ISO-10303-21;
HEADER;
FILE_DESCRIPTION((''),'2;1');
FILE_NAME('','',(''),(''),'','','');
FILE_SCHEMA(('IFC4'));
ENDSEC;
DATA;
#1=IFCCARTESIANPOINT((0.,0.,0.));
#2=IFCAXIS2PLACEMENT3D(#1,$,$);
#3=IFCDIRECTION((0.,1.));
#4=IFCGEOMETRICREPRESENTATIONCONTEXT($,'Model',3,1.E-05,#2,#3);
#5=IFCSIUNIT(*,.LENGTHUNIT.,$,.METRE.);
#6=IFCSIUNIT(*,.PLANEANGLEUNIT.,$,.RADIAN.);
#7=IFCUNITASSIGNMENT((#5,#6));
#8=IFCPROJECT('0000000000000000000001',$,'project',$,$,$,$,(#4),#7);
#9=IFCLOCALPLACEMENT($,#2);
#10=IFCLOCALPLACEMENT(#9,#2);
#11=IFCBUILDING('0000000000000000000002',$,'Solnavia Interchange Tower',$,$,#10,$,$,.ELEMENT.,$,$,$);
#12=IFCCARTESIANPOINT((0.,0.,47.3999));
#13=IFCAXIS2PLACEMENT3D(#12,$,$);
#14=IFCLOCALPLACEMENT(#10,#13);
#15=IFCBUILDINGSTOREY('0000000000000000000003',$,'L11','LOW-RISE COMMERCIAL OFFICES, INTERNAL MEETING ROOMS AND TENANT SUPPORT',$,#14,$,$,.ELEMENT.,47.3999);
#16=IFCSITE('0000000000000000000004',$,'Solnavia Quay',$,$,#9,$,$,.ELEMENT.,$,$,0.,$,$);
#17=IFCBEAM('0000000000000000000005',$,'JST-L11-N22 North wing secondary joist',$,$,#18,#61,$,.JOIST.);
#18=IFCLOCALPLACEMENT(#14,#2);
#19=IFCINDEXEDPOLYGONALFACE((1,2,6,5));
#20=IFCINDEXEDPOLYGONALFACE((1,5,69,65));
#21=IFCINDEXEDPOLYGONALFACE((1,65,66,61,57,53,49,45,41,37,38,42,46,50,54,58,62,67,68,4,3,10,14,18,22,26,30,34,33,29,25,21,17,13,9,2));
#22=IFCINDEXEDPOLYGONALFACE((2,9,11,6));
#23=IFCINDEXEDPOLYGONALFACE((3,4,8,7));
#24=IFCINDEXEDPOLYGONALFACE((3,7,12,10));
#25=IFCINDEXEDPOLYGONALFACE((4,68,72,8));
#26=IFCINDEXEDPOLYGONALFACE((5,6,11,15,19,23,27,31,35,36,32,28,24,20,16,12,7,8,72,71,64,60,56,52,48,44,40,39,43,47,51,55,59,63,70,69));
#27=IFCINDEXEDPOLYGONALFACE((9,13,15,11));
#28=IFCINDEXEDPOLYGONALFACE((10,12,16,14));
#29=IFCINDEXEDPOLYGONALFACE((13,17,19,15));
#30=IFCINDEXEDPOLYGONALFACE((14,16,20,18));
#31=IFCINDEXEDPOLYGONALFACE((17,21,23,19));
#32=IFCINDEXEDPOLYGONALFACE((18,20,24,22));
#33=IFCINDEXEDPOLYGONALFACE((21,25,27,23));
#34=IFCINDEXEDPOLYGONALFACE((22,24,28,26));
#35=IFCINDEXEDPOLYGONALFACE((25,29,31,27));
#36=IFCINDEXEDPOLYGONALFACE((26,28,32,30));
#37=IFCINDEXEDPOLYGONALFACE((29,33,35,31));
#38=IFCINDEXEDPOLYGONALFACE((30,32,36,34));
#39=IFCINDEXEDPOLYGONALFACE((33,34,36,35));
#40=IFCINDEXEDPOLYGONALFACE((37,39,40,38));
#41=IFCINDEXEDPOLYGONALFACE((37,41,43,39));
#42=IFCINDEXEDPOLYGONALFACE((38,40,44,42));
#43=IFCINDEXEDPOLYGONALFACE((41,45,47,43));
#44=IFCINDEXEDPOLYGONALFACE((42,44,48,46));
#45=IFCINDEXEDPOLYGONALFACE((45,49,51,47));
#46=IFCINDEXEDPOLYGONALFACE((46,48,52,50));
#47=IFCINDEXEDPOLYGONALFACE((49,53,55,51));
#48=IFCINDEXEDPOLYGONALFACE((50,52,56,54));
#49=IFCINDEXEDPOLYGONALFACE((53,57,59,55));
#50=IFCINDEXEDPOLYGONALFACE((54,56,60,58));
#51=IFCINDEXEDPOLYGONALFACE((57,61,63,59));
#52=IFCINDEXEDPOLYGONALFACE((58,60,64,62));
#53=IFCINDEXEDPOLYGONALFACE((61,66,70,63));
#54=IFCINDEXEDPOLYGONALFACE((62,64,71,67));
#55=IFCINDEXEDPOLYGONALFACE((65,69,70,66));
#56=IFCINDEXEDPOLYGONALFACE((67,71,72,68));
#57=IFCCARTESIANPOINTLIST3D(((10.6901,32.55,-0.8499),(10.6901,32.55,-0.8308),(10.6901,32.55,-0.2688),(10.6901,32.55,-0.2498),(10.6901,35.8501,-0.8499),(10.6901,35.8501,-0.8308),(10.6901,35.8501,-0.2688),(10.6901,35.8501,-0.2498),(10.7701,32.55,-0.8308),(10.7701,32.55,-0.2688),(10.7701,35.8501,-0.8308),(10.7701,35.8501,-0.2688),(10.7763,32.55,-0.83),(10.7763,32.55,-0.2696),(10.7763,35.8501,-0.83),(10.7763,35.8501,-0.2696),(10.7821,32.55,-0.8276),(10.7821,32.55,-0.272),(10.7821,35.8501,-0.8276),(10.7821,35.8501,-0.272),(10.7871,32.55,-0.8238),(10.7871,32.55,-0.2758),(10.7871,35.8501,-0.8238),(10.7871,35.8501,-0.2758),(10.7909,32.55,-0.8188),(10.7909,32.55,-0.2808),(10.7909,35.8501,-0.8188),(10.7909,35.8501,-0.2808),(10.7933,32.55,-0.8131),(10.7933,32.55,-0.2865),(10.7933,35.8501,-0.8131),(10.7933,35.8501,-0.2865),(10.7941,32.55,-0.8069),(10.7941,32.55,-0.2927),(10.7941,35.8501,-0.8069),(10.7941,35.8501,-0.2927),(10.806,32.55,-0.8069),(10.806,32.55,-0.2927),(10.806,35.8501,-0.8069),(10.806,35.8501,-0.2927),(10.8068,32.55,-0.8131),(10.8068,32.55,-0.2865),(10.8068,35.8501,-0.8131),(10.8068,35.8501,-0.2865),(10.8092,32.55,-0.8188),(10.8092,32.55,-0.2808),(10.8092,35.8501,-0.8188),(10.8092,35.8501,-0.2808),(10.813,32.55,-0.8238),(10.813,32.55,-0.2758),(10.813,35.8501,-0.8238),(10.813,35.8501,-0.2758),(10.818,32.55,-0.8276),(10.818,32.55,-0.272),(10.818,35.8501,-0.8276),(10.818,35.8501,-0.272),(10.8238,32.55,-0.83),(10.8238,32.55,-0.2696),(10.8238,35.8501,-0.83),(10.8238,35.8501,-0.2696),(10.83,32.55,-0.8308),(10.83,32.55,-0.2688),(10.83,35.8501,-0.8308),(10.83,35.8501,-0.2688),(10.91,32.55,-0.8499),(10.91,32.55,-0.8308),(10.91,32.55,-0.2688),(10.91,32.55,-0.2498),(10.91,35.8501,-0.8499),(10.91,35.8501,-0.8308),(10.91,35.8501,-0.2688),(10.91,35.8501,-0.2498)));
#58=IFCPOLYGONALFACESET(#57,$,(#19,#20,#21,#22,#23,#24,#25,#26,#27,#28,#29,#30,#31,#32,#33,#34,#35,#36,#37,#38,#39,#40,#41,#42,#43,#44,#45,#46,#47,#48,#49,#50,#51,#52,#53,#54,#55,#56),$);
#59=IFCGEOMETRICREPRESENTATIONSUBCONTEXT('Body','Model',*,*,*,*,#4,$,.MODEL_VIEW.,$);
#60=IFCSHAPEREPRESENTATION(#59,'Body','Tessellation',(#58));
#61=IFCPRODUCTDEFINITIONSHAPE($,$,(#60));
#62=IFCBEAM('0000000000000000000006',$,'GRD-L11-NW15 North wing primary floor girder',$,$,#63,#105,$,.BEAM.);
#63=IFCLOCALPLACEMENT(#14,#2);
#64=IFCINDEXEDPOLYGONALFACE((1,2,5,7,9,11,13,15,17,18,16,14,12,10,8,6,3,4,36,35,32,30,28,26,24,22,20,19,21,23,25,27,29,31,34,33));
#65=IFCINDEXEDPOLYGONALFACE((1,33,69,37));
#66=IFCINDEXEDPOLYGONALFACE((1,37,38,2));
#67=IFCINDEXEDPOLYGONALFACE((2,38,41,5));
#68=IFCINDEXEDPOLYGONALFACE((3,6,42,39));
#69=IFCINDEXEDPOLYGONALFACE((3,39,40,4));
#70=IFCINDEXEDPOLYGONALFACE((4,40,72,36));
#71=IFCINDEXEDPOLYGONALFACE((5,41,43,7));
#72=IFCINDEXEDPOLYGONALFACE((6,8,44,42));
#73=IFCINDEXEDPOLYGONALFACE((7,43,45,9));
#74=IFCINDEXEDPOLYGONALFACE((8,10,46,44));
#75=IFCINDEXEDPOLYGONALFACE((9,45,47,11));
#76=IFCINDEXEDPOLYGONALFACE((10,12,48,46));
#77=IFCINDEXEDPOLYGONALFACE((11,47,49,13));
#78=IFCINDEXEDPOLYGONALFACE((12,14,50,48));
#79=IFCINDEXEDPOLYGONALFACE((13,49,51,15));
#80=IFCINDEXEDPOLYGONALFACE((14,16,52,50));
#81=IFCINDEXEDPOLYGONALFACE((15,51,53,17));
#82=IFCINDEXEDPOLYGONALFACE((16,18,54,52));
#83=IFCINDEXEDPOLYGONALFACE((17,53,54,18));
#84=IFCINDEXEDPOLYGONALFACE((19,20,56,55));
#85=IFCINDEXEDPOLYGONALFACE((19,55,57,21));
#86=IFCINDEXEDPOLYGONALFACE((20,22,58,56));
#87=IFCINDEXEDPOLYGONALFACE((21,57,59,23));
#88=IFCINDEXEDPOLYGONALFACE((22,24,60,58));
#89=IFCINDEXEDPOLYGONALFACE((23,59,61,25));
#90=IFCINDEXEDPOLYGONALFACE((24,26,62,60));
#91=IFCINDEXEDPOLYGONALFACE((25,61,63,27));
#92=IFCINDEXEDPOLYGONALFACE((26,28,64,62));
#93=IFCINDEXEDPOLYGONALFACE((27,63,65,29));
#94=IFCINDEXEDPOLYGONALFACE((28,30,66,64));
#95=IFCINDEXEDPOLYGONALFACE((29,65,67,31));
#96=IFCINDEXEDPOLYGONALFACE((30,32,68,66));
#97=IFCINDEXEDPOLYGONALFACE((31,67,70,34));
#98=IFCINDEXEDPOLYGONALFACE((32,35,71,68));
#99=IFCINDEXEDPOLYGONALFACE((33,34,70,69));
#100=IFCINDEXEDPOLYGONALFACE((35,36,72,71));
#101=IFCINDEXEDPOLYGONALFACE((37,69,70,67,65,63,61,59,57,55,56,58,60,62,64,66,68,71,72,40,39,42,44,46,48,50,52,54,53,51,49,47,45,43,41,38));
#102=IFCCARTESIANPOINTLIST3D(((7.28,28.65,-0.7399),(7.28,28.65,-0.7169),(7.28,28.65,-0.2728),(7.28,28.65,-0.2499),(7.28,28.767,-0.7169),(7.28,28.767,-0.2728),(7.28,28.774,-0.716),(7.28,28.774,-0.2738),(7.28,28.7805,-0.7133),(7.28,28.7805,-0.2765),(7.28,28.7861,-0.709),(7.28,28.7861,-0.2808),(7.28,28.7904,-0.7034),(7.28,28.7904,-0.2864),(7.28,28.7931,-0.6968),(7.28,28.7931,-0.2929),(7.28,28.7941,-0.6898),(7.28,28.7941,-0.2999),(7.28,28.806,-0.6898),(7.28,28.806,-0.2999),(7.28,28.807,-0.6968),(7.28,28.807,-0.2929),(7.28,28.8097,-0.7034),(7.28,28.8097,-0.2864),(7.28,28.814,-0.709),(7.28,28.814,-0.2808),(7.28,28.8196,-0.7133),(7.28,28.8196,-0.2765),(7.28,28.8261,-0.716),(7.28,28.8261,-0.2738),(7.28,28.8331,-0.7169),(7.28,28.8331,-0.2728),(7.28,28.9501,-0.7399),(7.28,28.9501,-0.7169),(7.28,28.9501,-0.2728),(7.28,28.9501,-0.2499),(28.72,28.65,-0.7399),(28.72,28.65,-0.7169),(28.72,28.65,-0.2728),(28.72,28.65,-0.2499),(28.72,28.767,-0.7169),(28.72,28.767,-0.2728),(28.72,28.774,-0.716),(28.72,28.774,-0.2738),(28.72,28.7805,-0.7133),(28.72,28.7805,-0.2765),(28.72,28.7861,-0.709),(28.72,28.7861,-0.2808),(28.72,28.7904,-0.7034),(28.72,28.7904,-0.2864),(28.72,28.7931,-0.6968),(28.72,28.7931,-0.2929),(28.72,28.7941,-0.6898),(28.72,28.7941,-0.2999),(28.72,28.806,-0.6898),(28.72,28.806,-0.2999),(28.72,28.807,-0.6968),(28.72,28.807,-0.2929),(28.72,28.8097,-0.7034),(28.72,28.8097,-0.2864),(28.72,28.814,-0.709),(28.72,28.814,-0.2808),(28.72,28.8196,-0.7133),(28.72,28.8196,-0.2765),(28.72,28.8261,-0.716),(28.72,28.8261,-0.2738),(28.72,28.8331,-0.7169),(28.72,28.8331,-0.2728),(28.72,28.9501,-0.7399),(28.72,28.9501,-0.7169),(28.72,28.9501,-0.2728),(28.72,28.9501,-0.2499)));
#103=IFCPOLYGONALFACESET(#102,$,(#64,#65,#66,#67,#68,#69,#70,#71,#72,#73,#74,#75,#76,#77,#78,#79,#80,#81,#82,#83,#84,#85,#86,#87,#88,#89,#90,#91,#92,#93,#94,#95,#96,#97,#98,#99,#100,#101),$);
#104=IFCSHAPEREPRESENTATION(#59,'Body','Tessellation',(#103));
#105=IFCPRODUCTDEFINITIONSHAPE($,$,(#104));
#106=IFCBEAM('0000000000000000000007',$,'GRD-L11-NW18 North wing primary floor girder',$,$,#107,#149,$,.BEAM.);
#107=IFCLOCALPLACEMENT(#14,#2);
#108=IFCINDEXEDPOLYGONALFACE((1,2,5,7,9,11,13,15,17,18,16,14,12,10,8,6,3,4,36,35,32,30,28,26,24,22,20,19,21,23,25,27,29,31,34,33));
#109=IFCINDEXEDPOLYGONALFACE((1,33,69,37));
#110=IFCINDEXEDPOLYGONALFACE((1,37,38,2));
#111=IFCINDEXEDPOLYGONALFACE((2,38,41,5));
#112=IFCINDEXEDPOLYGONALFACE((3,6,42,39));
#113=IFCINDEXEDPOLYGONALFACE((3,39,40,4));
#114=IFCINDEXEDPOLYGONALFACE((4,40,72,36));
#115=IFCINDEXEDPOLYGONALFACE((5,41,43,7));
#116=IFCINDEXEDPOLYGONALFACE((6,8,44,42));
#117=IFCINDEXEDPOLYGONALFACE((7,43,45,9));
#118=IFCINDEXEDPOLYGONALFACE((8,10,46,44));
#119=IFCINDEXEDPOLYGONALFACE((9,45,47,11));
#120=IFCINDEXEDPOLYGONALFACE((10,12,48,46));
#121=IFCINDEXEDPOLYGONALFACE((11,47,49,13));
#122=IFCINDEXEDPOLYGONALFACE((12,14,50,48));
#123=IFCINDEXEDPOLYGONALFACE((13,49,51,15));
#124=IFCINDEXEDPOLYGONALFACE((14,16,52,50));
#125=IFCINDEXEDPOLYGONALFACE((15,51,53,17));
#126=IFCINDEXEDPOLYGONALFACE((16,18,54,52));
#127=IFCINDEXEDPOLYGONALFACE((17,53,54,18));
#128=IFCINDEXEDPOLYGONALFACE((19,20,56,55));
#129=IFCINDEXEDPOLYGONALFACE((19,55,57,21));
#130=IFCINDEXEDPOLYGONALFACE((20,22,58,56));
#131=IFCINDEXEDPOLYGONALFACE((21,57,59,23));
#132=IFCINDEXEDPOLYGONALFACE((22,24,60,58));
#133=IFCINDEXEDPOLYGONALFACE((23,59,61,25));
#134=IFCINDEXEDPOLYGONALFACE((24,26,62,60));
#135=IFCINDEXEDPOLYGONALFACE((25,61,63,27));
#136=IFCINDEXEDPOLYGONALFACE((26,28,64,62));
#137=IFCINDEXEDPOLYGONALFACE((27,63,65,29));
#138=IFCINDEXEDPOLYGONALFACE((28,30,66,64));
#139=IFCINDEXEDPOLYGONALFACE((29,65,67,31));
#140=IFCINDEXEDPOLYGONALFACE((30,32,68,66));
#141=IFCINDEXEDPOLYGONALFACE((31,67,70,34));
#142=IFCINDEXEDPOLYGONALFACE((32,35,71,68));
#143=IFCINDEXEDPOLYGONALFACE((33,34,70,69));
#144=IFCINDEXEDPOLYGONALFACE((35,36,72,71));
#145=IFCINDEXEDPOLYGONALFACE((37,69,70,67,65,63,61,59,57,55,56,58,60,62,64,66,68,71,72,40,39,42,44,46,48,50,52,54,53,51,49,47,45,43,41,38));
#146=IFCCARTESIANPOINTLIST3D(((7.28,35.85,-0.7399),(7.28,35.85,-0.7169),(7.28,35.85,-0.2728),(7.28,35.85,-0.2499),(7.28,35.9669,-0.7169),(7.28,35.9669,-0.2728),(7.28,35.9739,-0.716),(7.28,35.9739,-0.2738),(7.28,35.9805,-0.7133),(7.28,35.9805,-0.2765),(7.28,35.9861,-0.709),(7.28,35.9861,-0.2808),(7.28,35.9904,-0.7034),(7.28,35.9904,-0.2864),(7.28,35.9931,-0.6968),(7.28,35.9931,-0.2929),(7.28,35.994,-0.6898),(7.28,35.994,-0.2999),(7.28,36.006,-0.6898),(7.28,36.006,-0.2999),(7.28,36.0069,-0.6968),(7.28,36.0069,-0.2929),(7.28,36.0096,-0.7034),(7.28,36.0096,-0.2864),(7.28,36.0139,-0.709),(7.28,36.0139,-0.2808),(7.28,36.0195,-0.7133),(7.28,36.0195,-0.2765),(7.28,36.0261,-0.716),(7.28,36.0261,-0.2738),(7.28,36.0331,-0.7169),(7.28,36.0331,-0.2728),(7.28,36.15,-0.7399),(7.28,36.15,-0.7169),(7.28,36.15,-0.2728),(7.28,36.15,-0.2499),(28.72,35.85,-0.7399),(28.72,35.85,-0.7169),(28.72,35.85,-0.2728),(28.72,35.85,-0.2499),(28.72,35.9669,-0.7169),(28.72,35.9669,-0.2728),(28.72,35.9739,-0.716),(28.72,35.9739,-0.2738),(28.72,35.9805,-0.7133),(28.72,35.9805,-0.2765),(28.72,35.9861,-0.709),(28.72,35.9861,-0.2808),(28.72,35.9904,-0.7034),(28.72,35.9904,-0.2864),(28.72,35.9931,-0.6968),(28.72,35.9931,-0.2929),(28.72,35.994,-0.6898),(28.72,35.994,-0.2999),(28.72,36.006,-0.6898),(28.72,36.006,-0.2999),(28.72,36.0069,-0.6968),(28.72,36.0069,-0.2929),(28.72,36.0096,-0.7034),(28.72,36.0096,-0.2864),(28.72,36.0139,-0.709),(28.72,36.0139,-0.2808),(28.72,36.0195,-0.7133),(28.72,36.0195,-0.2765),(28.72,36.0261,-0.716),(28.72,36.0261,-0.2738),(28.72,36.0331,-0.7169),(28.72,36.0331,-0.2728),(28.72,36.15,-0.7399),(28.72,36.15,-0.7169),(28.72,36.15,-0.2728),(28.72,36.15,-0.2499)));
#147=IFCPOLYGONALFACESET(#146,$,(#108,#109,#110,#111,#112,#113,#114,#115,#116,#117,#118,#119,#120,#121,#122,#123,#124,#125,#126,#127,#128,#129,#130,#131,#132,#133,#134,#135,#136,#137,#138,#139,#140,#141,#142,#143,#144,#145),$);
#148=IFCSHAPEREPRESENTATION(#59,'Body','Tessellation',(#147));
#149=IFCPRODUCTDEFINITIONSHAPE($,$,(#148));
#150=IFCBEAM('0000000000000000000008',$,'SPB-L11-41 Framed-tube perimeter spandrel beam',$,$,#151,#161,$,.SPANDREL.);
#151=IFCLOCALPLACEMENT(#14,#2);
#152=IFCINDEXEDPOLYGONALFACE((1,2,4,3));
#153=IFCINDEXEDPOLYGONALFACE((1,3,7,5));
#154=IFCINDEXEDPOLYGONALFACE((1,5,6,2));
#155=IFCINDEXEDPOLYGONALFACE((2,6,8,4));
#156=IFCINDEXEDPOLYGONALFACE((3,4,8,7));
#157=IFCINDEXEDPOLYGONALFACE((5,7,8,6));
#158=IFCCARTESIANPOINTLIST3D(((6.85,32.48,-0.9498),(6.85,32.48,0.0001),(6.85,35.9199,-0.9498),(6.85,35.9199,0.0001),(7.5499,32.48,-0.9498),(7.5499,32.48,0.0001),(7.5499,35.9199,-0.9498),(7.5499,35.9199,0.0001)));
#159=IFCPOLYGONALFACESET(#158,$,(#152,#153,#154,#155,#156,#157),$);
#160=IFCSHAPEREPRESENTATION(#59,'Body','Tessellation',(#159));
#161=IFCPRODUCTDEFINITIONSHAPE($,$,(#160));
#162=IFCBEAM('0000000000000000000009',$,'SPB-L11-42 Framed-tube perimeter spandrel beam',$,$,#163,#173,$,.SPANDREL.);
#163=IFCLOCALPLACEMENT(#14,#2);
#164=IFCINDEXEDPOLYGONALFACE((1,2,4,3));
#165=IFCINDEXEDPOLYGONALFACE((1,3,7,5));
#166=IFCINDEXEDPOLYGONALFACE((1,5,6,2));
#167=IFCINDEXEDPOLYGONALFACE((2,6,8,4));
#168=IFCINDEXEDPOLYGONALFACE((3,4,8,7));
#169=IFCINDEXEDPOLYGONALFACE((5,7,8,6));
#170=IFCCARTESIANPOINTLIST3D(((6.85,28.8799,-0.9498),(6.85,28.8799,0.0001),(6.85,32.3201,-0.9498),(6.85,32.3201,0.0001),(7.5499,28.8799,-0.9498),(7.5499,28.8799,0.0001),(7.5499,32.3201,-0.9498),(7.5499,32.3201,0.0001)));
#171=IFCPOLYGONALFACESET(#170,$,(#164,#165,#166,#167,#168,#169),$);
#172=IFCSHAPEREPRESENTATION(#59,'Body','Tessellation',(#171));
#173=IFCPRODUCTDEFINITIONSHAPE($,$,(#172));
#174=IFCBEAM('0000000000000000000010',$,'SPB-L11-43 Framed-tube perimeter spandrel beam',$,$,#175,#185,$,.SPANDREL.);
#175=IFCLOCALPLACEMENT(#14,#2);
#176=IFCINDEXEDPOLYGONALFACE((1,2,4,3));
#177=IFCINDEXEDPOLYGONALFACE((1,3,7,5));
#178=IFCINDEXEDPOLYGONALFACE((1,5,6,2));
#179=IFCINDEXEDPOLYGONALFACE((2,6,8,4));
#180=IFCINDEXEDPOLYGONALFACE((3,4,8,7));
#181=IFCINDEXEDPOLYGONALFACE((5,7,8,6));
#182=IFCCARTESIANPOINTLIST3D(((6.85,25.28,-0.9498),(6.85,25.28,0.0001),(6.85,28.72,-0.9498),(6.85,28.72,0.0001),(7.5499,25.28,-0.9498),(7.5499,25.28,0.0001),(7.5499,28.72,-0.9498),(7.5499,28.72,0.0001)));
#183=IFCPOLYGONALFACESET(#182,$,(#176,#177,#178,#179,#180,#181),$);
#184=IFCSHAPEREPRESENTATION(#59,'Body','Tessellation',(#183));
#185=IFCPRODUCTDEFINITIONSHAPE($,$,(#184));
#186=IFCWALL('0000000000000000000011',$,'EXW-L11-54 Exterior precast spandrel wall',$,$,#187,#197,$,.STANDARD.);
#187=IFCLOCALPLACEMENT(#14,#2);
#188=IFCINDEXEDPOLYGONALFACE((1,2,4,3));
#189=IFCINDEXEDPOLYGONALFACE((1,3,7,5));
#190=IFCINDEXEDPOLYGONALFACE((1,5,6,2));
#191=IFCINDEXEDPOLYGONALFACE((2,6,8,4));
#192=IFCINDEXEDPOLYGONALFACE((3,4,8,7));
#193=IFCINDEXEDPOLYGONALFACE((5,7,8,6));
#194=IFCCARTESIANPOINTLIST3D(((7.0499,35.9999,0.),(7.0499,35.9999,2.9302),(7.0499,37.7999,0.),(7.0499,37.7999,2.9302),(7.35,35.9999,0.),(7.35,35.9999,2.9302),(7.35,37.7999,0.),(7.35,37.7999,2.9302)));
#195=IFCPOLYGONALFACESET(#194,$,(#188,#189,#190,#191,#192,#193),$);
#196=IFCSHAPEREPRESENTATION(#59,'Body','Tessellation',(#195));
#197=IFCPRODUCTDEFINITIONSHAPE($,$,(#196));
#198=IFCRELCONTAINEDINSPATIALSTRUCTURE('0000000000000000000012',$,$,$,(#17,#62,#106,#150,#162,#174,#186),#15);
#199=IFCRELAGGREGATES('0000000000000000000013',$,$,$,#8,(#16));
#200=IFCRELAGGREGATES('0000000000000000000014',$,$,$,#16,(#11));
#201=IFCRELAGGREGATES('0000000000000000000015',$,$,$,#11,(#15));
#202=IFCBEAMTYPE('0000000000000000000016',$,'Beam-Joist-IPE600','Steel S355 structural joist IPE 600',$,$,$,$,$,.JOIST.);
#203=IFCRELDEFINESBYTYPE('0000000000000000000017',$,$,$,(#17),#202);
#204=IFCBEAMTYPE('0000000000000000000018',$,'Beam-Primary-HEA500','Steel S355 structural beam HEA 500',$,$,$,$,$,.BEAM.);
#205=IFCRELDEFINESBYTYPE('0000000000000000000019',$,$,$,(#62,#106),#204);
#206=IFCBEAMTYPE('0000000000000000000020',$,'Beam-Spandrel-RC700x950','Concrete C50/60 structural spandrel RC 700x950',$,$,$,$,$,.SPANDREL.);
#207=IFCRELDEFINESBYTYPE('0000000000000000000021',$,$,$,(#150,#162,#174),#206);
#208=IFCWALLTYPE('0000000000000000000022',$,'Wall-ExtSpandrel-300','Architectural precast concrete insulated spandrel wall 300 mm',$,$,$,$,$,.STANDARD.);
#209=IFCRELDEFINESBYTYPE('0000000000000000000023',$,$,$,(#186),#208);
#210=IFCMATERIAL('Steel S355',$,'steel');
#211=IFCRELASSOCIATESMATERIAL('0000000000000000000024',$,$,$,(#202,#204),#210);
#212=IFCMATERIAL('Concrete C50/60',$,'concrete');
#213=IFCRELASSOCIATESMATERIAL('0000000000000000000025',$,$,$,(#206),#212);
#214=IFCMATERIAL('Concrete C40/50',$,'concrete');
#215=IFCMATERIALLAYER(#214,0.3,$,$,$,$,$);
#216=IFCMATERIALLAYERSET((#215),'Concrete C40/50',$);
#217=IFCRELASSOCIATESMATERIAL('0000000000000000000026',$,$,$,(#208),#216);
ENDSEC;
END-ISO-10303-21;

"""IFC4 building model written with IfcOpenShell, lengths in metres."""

from ifc_helpers import new_model, si_unit, direction, frame, frame_2d, origin, origin_2d, place, context, subcontext, project, spatial, rectangle, i_section, extrude, material, layer, layer_set, material_profile, profile_set, type_object, element, save


model = new_model("IFC4")

# Units and contexts
model_context = context("Model", 3, precision=1e-05, world=origin(), true_north=direction((0.0, 1.0)))
body_context = subcontext(model_context, "Body", "Model", "MODEL_VIEW")
ifc_project = project(units=[si_unit("LENGTHUNIT", "METRE"), si_unit("PLANEANGLEUNIT", "RADIAN")], contexts=[model_context])

# Site, building, storey
site_placement = place(None, origin())
site = spatial("IfcSite", under=ifc_project, at=site_placement, Name="Solnavia Quay", CompositionType="ELEMENT", RefElevation=0.0)
building_placement = place(site_placement, origin())
building = spatial("IfcBuilding", under=site, at=building_placement, Name="Solnavia Interchange Tower", CompositionType="ELEMENT")
storey_placement = place(building_placement, frame((0.0, 0.0, 47.3999)))
storey = spatial("IfcBuildingStorey", under=building, at=storey_placement, Name="L11", Description="LOW-RISE COMMERCIAL OFFICES, INTERNAL MEETING ROOMS AND TENANT SUPPORT", CompositionType="ELEMENT", Elevation=47.3999)

# Beams
ifc_material_1 = material(Name="Steel S355", Category="steel")
ifc_material_profile_1 = material_profile(ifc_material_1, i_section(OverallWidth=0.22, OverallDepth=0.6001, WebThickness=0.012, FlangeThickness=0.019, FilletRadius=0.0239, at=origin_2d()), Name="IPE 600")
ifc_profile_set_1 = profile_set([ifc_material_profile_1], Name="Steel S355")
beam_type_1 = type_object("IfcBeamType", Name="Beam-Joist-IPE600", Description="Steel S355 structural joist IPE 600", PredefinedType="JOIST", material=ifc_profile_set_1)
beam_1_placement = place(storey_placement, frame((10.8, 32.55, -0.5498), z_axis=(0.0, 1.0, 0.0), x_axis=(-1.0, 0.0, 0.0)))
element("IfcBeam", 1, at=beam_1_placement, inside=storey, type_object=beam_type_1, Name="JST-L11-N22 North wing secondary joist", PredefinedType="JOIST", context=body_context, shape_type="SweptSolid", body=[
    extrude(i_section(OverallWidth=0.22, OverallDepth=0.6001, WebThickness=0.012, FlangeThickness=0.019, FilletRadius=0.0239, at=origin_2d()), origin(), (0.0, 0.0, 1.0), 3.3),
])
ifc_material_profile_2 = material_profile(ifc_material_1, i_section(OverallWidth=0.3, OverallDepth=0.49, WebThickness=0.012, FlangeThickness=0.0229, FilletRadius=0.0271, at=origin_2d()), Name="HEA 500")
ifc_profile_set_2 = profile_set([ifc_material_profile_2], Name="Steel S355")
beam_type_2 = type_object("IfcBeamType", Name="Beam-Primary-HEA500", Description="Steel S355 structural beam HEA 500", PredefinedType="BEAM", material=ifc_profile_set_2)
for number, where, z_axis, x_axis, name in (
    (2, (7.28, 28.8, -0.4949), (1.0, 0.0, 0.0), (0.0, 1.0, 0.0), "GRD-L11-NW15 North wing primary floor girder"),
    (3, (7.28, 36.0, -0.4949), (1.0, 0.0, 0.0), (0.0, 1.0, 0.0), "GRD-L11-NW18 North wing primary floor girder"),
):
    element("IfcBeam", number, at=place(storey_placement, frame(where, z_axis=z_axis, x_axis=x_axis)), inside=storey, type_object=beam_type_2, Name=name, PredefinedType="BEAM", context=body_context, shape_type="SweptSolid", body=[
        extrude(i_section(OverallWidth=0.3, OverallDepth=0.49, WebThickness=0.012, FlangeThickness=0.0229, FilletRadius=0.0271, at=origin_2d()), origin(), (0.0, 0.0, 1.0), 21.4399),
    ])
ifc_material_2 = material(Name="Concrete C50/60", Category="concrete")
ifc_material_profile_3 = material_profile(ifc_material_2, rectangle(XDim=0.7, YDim=0.95, at=origin_2d()), Name="RC 700x950")
ifc_profile_set_3 = profile_set([ifc_material_profile_3], Name="Concrete C50/60")
beam_type_3 = type_object("IfcBeamType", Name="Beam-Spandrel-RC700x950", Description="Concrete C50/60 structural spandrel RC 700x950", PredefinedType="SPANDREL", material=ifc_profile_set_3)
beam_2_placement = place(storey_placement, frame((7.2, 35.9199, -0.4749), z_axis=(0.0, -1.0, 0.0), x_axis=(1.0, 0.0, 0.0)))
element("IfcBeam", 4, at=beam_2_placement, inside=storey, type_object=beam_type_3, Name="SPB-L11-41 Framed-tube perimeter spandrel beam", PredefinedType="SPANDREL", context=body_context, shape_type="SweptSolid", body=[
    extrude(rectangle(XDim=0.7, YDim=0.95, at=origin_2d()), origin(), (0.0, 0.0, 1.0), 3.4399),
])
beam_3_placement = place(storey_placement, frame((7.2, 32.3201, -0.4749), z_axis=(0.0, -1.0, 0.0), x_axis=(1.0, 0.0, 0.0)))
element("IfcBeam", 5, at=beam_3_placement, inside=storey, type_object=beam_type_3, Name="SPB-L11-42 Framed-tube perimeter spandrel beam", PredefinedType="SPANDREL", context=body_context, shape_type="SweptSolid", body=[
    extrude(rectangle(XDim=0.7, YDim=0.95, at=origin_2d()), origin(), (0.0, 0.0, 1.0), 3.4402),
])
beam_4_placement = place(storey_placement, frame((7.2, 28.72, -0.4749), z_axis=(0.0, -1.0, 0.0), x_axis=(1.0, 0.0, 0.0)))
element("IfcBeam", 6, at=beam_4_placement, inside=storey, type_object=beam_type_3, Name="SPB-L11-43 Framed-tube perimeter spandrel beam", PredefinedType="SPANDREL", context=body_context, shape_type="SweptSolid", body=[
    extrude(rectangle(XDim=0.7, YDim=0.95, at=origin_2d()), origin(), (0.0, 0.0, 1.0), 3.4399),
])

# Wall
ifc_material_3 = material(Name="Concrete C40/50", Category="concrete")
ifc_layer_1 = layer(ifc_material_3, 0.3)
ifc_layer_set_1 = layer_set([ifc_layer_1], Name="Concrete C40/50")
wall_type_1 = type_object("IfcWallType", Name="Wall-ExtSpandrel-300", Description="Architectural precast concrete insulated spandrel wall 300 mm", PredefinedType="STANDARD", material=ifc_layer_set_1)
wall_1_placement = place(storey_placement, frame((7.2, 36.0, 0.0), z_axis=(0.0, 0.0, 1.0), x_axis=(0.0, 1.0, 0.0)))
element("IfcWall", 7, at=wall_1_placement, inside=storey, type_object=wall_type_1, Name="EXW-L11-54 Exterior precast spandrel wall", PredefinedType="STANDARD", context=body_context, shape_type="SweptSolid", body=[
    extrude(rectangle(XDim=1.8, YDim=0.3, at=frame_2d((0.8999, 0.0))), origin(), (0.0, 0.0, 1.0), 2.9302),
])

save(model, "model.ifc")
